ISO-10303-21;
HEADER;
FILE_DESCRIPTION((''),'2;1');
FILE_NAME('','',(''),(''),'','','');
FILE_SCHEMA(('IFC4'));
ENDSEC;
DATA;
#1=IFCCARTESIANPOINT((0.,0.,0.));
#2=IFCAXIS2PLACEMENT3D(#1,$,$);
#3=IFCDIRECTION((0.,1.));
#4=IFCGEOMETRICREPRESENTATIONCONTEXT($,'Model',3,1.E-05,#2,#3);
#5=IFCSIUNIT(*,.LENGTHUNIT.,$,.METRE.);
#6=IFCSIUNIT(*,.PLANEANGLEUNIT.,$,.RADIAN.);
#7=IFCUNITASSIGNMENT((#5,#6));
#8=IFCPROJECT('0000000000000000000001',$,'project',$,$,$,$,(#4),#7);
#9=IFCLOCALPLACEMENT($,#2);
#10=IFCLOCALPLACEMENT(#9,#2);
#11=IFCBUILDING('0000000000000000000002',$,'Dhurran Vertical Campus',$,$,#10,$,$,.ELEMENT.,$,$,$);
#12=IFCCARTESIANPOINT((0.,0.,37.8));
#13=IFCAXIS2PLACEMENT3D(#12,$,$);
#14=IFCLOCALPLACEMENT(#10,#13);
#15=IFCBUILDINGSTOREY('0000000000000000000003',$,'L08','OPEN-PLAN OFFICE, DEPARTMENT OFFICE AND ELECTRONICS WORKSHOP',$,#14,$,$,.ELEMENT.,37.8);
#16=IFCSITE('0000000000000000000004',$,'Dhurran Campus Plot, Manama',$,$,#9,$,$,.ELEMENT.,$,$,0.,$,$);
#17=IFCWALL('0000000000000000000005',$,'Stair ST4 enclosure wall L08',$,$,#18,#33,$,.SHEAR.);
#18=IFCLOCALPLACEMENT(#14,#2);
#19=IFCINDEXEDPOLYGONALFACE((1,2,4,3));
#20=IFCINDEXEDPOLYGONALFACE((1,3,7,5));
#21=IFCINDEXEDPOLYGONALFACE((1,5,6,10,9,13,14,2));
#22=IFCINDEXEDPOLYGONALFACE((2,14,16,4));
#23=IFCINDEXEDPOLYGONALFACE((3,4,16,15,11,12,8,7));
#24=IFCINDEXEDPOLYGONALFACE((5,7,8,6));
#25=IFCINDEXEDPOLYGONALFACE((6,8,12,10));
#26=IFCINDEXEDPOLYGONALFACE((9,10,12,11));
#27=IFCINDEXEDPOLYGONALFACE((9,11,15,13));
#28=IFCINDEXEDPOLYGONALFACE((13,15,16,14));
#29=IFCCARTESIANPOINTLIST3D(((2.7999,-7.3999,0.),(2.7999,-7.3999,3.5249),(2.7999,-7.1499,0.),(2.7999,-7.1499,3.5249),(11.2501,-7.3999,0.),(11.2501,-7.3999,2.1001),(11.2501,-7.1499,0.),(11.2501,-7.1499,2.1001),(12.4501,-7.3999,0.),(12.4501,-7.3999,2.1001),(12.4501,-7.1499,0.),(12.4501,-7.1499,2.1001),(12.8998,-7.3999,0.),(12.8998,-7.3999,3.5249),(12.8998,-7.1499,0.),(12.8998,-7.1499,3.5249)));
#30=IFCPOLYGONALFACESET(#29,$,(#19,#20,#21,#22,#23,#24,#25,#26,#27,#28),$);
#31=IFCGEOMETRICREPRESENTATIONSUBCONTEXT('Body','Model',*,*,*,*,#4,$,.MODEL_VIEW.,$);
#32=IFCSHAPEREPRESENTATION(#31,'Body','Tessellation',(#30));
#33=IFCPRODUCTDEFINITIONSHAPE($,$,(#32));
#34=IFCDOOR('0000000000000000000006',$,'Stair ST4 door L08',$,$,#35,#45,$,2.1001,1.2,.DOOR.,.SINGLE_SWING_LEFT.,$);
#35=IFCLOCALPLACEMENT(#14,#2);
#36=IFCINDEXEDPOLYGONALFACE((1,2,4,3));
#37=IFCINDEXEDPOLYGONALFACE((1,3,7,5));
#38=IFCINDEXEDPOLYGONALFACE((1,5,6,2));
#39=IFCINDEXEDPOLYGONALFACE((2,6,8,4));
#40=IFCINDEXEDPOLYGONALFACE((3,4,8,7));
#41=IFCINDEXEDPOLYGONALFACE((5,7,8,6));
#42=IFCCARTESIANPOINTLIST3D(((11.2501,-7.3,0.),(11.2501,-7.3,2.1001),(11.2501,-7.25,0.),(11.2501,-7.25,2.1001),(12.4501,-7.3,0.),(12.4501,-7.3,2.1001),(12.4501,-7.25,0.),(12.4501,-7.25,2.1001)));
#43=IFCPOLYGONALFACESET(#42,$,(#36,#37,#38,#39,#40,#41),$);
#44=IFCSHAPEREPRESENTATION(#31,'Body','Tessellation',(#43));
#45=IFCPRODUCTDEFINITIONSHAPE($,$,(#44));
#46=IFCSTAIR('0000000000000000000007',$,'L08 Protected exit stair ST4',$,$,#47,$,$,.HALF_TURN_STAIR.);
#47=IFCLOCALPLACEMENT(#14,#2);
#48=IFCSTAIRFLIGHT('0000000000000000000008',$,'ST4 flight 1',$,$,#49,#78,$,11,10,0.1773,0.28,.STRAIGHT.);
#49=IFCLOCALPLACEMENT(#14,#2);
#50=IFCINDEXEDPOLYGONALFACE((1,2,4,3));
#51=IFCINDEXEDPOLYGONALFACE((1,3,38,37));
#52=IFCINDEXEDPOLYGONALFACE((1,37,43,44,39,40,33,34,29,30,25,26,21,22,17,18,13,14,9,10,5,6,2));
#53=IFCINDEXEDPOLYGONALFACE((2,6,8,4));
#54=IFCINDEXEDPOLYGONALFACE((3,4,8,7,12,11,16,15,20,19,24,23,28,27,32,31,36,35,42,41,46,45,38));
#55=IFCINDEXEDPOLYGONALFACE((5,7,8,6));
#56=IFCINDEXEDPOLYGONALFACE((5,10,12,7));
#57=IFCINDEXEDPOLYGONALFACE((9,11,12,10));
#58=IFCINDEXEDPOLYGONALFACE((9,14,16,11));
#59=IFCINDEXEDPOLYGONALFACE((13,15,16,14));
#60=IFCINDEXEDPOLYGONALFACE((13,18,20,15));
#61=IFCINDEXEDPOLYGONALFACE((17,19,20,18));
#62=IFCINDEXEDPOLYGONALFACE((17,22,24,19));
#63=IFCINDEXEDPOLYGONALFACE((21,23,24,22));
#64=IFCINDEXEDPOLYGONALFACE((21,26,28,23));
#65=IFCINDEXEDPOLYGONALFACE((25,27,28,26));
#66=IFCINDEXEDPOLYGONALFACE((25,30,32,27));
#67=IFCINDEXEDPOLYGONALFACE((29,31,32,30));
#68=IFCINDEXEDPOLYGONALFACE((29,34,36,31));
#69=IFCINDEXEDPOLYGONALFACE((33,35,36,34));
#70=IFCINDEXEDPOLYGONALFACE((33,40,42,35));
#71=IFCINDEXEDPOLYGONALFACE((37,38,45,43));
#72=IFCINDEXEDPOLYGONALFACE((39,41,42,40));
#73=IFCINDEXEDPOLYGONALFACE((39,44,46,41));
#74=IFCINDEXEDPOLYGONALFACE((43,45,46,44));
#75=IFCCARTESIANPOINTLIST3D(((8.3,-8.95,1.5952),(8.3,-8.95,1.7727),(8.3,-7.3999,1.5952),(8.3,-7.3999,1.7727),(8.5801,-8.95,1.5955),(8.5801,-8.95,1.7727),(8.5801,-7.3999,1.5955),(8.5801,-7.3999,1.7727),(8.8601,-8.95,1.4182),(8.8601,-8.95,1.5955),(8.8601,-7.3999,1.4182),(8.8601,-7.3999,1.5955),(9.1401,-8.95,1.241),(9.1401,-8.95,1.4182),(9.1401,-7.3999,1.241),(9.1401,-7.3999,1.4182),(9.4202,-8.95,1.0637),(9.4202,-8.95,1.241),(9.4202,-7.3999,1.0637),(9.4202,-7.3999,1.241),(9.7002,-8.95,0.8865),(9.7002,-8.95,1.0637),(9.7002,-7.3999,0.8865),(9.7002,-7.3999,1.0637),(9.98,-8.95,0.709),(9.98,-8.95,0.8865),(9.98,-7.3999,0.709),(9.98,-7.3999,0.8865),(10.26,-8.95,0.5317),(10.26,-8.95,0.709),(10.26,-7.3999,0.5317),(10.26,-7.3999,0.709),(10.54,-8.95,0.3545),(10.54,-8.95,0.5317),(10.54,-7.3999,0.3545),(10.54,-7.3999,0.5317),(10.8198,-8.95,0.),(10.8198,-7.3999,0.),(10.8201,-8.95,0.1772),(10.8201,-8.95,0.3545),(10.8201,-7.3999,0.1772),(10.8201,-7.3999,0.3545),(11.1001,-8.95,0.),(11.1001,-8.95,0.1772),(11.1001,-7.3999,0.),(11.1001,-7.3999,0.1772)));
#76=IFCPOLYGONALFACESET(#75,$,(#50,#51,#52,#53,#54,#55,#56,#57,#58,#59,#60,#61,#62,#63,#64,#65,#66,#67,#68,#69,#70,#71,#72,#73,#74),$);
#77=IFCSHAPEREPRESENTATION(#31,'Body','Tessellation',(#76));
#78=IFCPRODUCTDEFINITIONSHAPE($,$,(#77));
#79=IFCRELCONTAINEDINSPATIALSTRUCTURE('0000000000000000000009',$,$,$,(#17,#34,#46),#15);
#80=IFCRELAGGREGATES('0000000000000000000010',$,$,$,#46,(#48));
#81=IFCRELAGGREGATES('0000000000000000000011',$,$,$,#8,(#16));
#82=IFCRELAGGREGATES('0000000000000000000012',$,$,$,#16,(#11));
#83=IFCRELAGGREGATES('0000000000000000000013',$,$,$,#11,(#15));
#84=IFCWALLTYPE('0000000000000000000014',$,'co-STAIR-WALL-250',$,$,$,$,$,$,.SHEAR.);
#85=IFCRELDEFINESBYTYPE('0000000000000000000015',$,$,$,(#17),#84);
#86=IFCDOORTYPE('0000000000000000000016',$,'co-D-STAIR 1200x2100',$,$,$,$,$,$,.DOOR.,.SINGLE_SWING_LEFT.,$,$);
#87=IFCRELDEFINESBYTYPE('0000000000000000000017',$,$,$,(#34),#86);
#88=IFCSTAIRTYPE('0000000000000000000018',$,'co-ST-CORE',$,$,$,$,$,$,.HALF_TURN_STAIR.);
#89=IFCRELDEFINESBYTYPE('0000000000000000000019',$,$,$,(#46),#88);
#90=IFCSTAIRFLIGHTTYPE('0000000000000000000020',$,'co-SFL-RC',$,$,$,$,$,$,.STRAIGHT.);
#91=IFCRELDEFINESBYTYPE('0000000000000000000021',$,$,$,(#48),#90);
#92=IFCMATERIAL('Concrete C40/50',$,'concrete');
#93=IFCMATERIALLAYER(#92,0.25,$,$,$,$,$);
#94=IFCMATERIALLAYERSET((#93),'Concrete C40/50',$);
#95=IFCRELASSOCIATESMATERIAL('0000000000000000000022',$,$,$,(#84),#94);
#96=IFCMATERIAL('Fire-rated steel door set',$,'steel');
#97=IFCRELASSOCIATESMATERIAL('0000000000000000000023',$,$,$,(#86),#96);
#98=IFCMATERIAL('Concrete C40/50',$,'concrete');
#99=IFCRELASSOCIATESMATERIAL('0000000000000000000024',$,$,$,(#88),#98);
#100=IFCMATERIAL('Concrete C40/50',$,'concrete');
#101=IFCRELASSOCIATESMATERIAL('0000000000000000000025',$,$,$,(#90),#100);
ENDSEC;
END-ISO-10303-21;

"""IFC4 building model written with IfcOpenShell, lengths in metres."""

from ifc_helpers import new_model, si_unit, direction, frame, frame_2d, origin, place, context, subcontext, project, spatial, polyline, rectangle, outline, extrude, material, layer, layer_set, type_object, element, fill, aggregate, save


model = new_model("IFC4")

# Units and contexts
model_context = context("Model", 3, precision=1e-05, world=origin(), true_north=direction((0.0, 1.0)))
body_context = subcontext(model_context, "Body", "Model", "MODEL_VIEW")
ifc_project = project(units=[si_unit("LENGTHUNIT", "METRE"), si_unit("PLANEANGLEUNIT", "RADIAN")], contexts=[model_context])

# Site, building, storey
site_placement = place(None, origin())
site = spatial("IfcSite", under=ifc_project, at=site_placement, Name="Dhurran Campus Plot, Manama", CompositionType="ELEMENT", RefElevation=0.0)
building_placement = place(site_placement, origin())
building = spatial("IfcBuilding", under=site, at=building_placement, Name="Dhurran Vertical Campus", CompositionType="ELEMENT")
storey_placement = place(building_placement, frame((0.0, 0.0, 37.8)))
storey = spatial("IfcBuildingStorey", under=building, at=storey_placement, Name="L08", Description="OPEN-PLAN OFFICE, DEPARTMENT OFFICE AND ELECTRONICS WORKSHOP", CompositionType="ELEMENT", Elevation=37.8)

# Wall, opening, door
ifc_material_1 = material(Name="Concrete C40/50", Category="concrete")
ifc_layer_1 = layer(ifc_material_1, 0.25)
ifc_layer_set_1 = layer_set([ifc_layer_1], Name="Concrete C40/50")
wall_type_1 = type_object("IfcWallType", Name="co-STAIR-WALL-250", PredefinedType="SHEAR", material=ifc_layer_set_1)
wall_1_placement = place(storey_placement, frame((2.8, -7.2749, 0.0), z_axis=(0.0, 0.0, 1.0), x_axis=(1.0, 0.0, 0.0)))
wall_1 = element("IfcWall", 1, at=wall_1_placement, inside=storey, type_object=wall_type_1, Name="Stair ST4 enclosure wall L08", PredefinedType="SHEAR", context=body_context, shape_type="SweptSolid", body=[
    extrude(rectangle(XDim=10.0999, YDim=0.25, at=frame_2d((5.0498, 0.0))), origin(), (0.0, 0.0, 1.0), 3.5249),
])
opening_1_placement = place(wall_1_placement, frame((8.45, 0.0, 0.0)))
opening_1 = element("IfcOpeningElement", 2, at=opening_1_placement, cuts=wall_1, PredefinedType="OPENING", context=body_context, shape_type="SweptSolid", body=[
    extrude(rectangle(XDim=1.2, YDim=2.1001, at=frame_2d((0.6001, 1.05))), frame((0.0, 0.135, 0.0), z_axis=(0.0, -1.0, 0.0), x_axis=(1.0, 0.0, 0.0)), (0.0, 0.0, 1.0), 0.27),
])
ifc_material_2 = material(Name="Fire-rated steel door set", Category="steel")
door_type_1 = type_object("IfcDoorType", Name="co-D-STAIR 1200x2100", OperationType="SINGLE_SWING_LEFT", PredefinedType="DOOR", material=ifc_material_2)
door_1_placement = place(opening_1_placement, origin())
door_1 = element("IfcDoor", 3, at=door_1_placement, inside=storey, type_object=door_type_1, Name="Stair ST4 door L08", OperationType="SINGLE_SWING_LEFT", OverallHeight=2.1001, OverallWidth=1.2, PredefinedType="DOOR", context=body_context, shape_type="SweptSolid", body=[
    extrude(rectangle(XDim=1.2, YDim=2.1001, at=frame_2d((0.6001, 1.05))), frame((0.0, 0.0249, 0.0), z_axis=(0.0, -1.0, 0.0), x_axis=(1.0, 0.0, 0.0)), (0.0, 0.0, 1.0), 0.05),
])
fill(opening_1, door_1)

# Stair, stair flight
ifc_material_3 = material(Name="Concrete C40/50", Category="concrete")
stair_type = type_object("IfcStairType", Name="co-ST-CORE", PredefinedType="HALF_TURN_STAIR", material=ifc_material_3)
stair_placement = place(storey_placement, origin())
stair = element("IfcStair", 4, at=stair_placement, inside=storey, type_object=stair_type, Name="L08 Protected exit stair ST4", PredefinedType="HALF_TURN_STAIR")
ifc_material_4 = material(Name="Concrete C40/50", Category="concrete")
stair_flight_type = type_object("IfcStairFlightType", Name="co-SFL-RC", PredefinedType="STRAIGHT", material=ifc_material_4)
stair_flight_placement = place(storey_placement, frame((11.1001, -8.175, 0.0), z_axis=(0.0, 0.0, 1.0), x_axis=(-1.0, 0.0, 0.0)))
stair_flight = element("IfcStairFlight", 5, at=stair_flight_placement, type_object=stair_flight_type, Name="ST4 flight 1", NumberOfRisers=11, NumberOfTreads=10, PredefinedType="STRAIGHT", RiserHeight=0.1773, TreadLength=0.28, context=body_context, shape_type="SweptSolid", body=[
    extrude(outline(polyline([(0.0, 0.0), (0.0, 0.1772), (0.28, 0.1772), (0.28, 0.3545), (0.5601, 0.3545), (0.5601, 0.5317), (0.8401, 0.5317), (0.8401, 0.709), (1.1201, 0.709), (1.1201, 0.8865), (1.3999, 0.8865), (1.3999, 1.0637), (1.6799, 1.0637), (1.6799, 1.241), (1.96, 1.241), (1.96, 1.4182), (2.24, 1.4182), (2.24, 1.5955), (2.52, 1.5955), (2.52, 1.7727), (2.8, 1.7727), (2.8, 1.95), (2.8, 1.5952), (0.2803, 0.0), (0.0, 0.0)])), frame((0.0, 0.7749, 0.0), z_axis=(0.0, -1.0, 0.0), x_axis=(1.0, 0.0, 0.0)), (0.0, 0.0, 1.0), 1.55),
])
aggregate(stair, [stair_flight])

save(model, "model.ifc")
